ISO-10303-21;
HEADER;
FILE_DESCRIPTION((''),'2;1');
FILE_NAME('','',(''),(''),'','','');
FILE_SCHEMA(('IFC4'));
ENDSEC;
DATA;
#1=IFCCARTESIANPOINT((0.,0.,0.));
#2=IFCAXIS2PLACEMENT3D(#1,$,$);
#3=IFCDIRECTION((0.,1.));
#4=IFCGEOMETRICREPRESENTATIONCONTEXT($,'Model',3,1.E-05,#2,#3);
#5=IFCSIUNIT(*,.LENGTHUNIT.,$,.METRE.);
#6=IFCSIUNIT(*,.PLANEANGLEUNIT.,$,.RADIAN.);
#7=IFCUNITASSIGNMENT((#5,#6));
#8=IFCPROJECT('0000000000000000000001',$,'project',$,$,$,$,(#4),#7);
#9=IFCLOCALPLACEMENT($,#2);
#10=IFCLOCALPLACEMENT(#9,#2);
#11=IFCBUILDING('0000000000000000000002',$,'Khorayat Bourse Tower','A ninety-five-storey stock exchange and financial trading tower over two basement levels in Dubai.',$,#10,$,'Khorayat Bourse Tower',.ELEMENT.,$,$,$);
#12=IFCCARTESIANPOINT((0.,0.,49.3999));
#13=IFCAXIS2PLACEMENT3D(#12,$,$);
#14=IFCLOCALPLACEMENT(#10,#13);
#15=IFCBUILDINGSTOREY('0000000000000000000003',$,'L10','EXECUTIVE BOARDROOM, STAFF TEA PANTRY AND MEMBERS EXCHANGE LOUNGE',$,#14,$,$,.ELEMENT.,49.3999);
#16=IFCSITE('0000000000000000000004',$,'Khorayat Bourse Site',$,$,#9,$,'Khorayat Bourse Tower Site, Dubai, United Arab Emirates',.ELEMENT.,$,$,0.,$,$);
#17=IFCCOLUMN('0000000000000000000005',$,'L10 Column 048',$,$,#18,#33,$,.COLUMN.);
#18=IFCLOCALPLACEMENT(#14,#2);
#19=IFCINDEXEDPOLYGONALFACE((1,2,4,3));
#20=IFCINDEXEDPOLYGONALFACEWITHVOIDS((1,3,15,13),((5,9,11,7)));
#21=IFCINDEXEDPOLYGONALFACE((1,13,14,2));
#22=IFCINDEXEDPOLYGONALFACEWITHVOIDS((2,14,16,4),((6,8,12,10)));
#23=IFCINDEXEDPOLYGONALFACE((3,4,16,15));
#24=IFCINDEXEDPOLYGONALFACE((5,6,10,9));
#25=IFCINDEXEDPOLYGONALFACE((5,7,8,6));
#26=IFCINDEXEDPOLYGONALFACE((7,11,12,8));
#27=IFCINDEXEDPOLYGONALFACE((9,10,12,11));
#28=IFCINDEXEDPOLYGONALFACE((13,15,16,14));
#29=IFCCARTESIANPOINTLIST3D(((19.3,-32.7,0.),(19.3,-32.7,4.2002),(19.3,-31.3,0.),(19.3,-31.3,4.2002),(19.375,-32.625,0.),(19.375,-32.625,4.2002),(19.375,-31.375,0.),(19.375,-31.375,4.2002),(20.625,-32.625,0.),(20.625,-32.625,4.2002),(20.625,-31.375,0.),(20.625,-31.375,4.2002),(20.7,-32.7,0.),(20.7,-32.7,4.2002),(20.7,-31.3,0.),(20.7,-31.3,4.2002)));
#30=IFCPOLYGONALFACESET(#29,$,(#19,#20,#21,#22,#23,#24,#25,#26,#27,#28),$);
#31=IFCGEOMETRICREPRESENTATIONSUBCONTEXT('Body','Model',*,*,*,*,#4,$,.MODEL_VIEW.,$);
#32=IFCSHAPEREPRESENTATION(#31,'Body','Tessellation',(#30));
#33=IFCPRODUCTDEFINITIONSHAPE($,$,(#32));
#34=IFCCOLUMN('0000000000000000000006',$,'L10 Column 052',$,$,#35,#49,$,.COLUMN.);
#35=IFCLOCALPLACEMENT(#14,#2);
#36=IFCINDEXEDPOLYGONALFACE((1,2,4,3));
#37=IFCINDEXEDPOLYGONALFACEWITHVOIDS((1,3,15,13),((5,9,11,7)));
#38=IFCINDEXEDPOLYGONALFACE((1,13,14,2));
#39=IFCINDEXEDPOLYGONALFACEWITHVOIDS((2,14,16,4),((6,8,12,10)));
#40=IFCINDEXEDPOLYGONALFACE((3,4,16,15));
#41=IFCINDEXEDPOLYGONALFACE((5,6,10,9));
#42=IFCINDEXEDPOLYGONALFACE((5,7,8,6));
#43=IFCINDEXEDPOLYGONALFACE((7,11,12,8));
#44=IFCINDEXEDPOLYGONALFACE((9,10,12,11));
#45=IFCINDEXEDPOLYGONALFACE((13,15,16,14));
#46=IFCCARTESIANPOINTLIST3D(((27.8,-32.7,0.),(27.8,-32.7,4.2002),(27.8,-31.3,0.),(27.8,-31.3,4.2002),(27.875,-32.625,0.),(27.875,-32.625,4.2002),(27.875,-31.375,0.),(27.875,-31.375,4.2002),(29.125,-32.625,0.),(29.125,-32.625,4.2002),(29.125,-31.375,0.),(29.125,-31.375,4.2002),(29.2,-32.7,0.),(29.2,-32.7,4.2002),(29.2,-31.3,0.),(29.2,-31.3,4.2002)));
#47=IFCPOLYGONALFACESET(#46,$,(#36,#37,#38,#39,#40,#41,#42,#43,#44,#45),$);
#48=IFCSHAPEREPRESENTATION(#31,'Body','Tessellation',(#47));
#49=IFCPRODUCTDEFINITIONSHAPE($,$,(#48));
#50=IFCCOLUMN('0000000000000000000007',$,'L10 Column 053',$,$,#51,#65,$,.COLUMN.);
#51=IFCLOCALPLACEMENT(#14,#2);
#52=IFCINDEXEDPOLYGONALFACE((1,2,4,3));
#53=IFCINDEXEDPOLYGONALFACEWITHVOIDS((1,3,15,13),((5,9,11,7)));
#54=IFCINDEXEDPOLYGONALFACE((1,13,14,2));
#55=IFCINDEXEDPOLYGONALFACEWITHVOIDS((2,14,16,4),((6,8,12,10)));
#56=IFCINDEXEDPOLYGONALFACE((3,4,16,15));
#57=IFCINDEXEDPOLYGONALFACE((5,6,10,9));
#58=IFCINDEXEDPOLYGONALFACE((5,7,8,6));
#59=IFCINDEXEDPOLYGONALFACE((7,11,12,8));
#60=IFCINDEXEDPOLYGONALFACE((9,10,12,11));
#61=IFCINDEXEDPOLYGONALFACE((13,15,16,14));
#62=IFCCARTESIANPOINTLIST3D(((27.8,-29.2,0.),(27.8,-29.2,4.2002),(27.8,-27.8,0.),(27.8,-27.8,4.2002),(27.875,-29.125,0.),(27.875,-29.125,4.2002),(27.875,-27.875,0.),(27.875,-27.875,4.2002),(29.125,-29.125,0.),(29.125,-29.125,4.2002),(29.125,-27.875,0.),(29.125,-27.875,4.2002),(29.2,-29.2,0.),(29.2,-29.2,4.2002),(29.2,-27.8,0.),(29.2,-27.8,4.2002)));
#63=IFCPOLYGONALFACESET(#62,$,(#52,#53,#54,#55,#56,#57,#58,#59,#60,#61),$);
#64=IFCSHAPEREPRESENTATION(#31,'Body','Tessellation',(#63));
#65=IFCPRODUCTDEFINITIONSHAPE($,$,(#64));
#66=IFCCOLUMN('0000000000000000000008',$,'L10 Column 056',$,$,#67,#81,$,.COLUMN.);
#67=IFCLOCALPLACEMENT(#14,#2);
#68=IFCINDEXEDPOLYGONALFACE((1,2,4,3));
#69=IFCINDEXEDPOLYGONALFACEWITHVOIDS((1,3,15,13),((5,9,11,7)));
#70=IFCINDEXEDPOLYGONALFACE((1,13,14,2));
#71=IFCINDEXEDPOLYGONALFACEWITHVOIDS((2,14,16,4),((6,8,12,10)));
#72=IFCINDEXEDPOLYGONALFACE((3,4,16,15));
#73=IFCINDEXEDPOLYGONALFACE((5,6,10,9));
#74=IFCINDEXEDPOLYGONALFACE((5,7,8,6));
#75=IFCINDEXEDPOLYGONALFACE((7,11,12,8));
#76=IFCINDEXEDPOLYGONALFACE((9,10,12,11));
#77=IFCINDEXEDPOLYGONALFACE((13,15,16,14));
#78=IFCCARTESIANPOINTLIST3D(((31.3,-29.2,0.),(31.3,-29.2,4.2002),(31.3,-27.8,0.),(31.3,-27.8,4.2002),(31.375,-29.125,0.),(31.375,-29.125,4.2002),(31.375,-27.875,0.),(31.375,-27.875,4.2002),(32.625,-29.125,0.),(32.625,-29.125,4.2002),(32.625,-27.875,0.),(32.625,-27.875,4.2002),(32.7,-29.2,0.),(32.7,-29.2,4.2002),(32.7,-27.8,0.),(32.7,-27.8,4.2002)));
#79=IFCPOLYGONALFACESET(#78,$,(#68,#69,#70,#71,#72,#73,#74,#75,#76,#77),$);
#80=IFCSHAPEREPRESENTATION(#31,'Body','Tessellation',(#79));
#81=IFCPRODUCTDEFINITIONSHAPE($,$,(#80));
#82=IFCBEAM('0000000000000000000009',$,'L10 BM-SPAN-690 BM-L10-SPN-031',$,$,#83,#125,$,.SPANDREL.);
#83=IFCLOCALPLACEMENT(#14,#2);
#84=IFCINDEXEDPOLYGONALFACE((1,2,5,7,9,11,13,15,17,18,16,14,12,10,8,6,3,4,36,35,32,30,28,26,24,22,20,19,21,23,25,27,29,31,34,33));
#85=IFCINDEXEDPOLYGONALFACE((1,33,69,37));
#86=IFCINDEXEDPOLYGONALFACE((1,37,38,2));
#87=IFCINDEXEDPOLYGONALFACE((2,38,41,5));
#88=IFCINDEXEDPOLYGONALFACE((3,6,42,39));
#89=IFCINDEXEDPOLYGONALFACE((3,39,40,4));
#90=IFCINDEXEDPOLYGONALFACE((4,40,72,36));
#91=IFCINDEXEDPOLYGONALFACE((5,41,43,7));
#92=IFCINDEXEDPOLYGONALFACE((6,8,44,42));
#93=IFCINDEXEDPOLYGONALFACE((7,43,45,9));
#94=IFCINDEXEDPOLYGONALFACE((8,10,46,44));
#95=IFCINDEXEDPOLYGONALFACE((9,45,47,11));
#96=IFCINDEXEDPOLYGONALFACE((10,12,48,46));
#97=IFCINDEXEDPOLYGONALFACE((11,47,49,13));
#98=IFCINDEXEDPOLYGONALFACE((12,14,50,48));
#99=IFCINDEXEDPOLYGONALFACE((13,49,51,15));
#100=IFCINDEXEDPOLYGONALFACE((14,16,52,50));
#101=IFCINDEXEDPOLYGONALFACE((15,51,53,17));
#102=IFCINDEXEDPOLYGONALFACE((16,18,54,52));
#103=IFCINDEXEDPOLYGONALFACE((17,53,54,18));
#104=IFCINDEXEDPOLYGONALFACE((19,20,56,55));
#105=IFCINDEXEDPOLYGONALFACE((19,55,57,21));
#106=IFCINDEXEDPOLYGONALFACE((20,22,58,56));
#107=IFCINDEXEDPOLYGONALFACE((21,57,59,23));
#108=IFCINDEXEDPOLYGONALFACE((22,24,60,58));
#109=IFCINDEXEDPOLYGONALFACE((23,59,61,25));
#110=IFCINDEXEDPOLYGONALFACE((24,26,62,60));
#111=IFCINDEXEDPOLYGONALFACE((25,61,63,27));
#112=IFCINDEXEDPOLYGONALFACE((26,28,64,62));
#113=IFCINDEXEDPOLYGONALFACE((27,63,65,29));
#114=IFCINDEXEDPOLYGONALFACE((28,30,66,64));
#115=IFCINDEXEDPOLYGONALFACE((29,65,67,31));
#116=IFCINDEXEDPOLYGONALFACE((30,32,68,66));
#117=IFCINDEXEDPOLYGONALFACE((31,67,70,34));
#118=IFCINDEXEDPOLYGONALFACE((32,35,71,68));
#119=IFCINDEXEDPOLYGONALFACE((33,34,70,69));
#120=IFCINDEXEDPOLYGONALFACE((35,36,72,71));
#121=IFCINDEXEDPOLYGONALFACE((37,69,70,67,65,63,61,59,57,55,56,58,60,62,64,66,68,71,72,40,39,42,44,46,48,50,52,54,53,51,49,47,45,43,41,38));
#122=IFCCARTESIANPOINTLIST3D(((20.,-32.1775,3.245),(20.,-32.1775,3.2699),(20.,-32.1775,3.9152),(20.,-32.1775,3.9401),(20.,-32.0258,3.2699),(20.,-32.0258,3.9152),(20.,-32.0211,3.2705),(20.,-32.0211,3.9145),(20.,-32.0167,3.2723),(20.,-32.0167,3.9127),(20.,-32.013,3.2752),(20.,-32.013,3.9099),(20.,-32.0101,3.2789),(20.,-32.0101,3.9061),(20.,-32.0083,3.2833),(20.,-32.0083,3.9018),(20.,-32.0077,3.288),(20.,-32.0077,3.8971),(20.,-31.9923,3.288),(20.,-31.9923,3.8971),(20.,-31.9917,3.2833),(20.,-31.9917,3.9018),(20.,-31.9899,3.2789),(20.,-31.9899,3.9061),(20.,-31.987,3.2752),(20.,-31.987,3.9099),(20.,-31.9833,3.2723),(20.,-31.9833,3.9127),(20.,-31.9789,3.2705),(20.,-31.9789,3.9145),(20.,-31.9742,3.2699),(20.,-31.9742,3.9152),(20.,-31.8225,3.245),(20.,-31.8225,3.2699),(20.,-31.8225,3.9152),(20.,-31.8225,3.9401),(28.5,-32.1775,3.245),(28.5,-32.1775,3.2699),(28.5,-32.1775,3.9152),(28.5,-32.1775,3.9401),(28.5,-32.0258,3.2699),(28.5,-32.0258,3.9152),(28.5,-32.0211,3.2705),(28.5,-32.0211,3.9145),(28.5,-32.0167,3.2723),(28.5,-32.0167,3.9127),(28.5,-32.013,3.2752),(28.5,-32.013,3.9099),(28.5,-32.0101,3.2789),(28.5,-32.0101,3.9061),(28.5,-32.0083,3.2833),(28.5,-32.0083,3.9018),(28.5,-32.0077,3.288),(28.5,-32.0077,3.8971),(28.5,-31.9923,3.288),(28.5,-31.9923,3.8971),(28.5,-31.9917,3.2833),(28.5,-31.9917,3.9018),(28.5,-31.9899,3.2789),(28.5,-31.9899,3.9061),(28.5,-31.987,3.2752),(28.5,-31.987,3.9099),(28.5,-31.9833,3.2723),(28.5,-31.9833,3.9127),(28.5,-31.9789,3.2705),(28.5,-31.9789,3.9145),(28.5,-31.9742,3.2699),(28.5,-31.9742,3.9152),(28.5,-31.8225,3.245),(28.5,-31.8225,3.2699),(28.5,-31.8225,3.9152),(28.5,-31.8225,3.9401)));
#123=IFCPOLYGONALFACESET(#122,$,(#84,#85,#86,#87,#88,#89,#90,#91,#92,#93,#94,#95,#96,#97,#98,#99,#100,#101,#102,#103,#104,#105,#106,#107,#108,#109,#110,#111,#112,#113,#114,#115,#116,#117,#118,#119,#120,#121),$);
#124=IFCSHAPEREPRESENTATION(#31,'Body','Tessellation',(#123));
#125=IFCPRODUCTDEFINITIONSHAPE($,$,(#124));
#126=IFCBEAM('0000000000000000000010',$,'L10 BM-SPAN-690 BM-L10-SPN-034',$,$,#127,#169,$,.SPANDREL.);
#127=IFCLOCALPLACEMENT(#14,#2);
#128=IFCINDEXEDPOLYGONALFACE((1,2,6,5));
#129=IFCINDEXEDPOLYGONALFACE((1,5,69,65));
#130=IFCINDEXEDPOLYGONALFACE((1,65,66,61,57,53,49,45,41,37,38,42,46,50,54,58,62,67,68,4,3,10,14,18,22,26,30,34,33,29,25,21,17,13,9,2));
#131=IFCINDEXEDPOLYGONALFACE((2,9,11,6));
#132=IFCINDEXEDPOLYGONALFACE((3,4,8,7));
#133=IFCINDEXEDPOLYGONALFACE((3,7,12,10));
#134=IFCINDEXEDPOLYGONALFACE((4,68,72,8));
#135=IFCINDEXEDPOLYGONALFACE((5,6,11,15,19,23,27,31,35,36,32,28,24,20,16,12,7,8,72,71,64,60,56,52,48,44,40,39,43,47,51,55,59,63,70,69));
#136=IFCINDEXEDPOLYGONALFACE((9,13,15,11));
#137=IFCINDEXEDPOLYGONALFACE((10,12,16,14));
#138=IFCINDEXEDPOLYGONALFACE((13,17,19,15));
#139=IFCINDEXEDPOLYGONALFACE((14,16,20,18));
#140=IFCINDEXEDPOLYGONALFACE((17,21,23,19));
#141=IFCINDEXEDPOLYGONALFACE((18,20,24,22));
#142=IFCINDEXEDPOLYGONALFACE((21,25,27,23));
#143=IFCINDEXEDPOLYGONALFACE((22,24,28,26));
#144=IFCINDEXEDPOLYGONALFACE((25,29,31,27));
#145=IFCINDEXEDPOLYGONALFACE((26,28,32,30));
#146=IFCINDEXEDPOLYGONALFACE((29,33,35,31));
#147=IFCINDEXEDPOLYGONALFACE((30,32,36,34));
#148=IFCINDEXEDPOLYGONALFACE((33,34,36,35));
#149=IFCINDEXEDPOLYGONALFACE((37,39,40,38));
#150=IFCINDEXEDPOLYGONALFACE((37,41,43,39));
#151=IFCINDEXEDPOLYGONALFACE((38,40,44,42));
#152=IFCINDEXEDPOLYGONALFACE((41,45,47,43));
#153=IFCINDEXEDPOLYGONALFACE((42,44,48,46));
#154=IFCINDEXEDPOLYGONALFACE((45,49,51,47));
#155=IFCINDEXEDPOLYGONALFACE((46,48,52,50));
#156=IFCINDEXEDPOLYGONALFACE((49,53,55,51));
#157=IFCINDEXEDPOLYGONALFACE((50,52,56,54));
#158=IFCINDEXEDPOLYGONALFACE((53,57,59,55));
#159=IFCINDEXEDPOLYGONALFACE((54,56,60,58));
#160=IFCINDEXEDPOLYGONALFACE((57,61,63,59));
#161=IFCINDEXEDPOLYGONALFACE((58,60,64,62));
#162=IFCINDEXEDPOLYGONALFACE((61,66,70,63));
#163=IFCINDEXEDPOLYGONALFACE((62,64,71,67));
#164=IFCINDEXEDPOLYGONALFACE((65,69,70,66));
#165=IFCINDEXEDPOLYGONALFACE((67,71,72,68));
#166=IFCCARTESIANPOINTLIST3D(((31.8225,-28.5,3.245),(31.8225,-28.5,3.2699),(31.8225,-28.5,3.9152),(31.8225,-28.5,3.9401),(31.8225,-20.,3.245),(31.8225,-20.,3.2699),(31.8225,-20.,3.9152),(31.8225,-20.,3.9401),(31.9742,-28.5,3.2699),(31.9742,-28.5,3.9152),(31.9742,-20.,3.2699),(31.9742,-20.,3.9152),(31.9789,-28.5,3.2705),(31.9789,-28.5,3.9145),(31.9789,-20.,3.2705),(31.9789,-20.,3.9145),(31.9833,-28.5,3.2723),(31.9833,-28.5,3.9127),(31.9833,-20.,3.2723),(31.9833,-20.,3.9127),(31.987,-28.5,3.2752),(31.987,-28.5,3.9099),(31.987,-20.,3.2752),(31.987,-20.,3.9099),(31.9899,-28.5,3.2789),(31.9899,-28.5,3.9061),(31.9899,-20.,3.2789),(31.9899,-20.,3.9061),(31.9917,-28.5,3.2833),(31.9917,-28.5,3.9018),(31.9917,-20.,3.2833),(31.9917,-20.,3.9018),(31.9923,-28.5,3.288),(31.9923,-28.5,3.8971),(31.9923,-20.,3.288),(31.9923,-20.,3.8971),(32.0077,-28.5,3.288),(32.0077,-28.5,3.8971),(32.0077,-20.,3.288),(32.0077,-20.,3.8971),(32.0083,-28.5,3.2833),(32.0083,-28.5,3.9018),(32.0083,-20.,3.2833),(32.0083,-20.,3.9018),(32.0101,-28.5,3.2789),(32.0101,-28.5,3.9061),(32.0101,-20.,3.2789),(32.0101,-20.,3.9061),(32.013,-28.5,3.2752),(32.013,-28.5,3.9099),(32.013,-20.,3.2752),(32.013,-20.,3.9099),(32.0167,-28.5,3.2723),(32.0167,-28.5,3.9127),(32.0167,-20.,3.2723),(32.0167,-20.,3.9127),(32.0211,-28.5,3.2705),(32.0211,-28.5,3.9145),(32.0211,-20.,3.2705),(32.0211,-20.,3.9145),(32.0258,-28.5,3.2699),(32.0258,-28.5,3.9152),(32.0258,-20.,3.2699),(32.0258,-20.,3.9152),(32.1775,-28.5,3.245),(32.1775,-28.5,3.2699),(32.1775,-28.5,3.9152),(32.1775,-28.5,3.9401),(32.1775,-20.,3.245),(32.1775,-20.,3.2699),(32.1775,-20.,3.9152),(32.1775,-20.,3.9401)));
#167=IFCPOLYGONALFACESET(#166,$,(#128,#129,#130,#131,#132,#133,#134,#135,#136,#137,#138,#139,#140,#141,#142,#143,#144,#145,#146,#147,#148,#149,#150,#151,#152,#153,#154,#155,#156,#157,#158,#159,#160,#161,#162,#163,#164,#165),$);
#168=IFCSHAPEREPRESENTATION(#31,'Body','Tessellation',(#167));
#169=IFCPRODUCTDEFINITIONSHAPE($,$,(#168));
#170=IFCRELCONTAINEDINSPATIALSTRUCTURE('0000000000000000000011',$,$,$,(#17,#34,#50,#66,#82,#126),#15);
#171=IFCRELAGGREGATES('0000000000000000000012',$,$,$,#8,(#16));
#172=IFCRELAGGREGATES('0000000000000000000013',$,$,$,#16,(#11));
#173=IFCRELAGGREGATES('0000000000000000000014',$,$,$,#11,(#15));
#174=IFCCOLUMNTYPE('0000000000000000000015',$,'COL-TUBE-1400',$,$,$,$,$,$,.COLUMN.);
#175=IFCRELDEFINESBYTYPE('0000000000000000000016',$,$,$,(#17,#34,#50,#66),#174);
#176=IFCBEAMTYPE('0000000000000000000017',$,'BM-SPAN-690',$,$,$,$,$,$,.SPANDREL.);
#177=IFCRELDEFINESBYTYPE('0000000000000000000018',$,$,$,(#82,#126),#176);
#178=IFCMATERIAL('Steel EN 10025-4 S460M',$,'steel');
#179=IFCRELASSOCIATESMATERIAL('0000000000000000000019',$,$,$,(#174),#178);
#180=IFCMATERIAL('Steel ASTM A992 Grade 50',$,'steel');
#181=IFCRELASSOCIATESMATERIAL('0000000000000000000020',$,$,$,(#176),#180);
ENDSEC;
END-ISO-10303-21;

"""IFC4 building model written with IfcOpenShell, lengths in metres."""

from ifc_helpers import new_model, si_unit, direction, frame, origin, origin_2d, place, context, subcontext, project, spatial, hollow_rectangle, i_section, extrude, source, transform, mapped, material, material_profile, profile_set, type_object, element, save


model = new_model("IFC4")

# Units and contexts
model_context = context("Model", 3, precision=1e-05, world=origin(), true_north=direction((0.0, 1.0)))
body_context = subcontext(model_context, "Body", "Model", "MODEL_VIEW")
ifc_project = project(units=[si_unit("LENGTHUNIT", "METRE"), si_unit("PLANEANGLEUNIT", "RADIAN")], contexts=[model_context])

# Site, building, storey
site_placement = place(None, origin())
site = spatial("IfcSite", under=ifc_project, at=site_placement, Name="Khorayat Bourse Site", LongName="Khorayat Bourse Tower Site, Dubai, United Arab Emirates", CompositionType="ELEMENT", RefElevation=0.0)
building_placement = place(site_placement, origin())
building = spatial("IfcBuilding", under=site, at=building_placement, Name="Khorayat Bourse Tower", Description="A ninety-five-storey stock exchange and financial trading tower over two basement levels in Dubai.", LongName="Khorayat Bourse Tower", CompositionType="ELEMENT")
storey_placement = place(building_placement, frame((0.0, 0.0, 49.3999)))
storey = spatial("IfcBuildingStorey", under=building, at=storey_placement, Name="L10", Description="EXECUTIVE BOARDROOM, STAFF TEA PANTRY AND MEMBERS EXCHANGE LOUNGE", CompositionType="ELEMENT", Elevation=49.3999)

# Columns
ifc_material_1 = material(Name="Steel EN 10025-4 S460M", Category="steel")
ifc_material_profile_1 = material_profile(ifc_material_1, hollow_rectangle(XDim=1.3999, YDim=1.3999, WallThickness=0.075, at=origin_2d()), Name="BOX 1400x1400x75")
ifc_profile_set_1 = profile_set([ifc_material_profile_1], Name="Steel EN 10025-4 S460M")
column_type = type_object("IfcColumnType", Name="COL-TUBE-1400", PredefinedType="COLUMN", material=ifc_profile_set_1)
shared_shape_1 = source(origin(), body_context, "Body", "SweptSolid", [
    extrude(hollow_rectangle(XDim=1.3999, YDim=1.3999, WallThickness=0.075, at=origin_2d()), origin(), (0.0, 0.0, 1.0), 4.2002),
])
for number, where, z_axis, x_axis, name in (
    (1, (20.0, -32.0, 0.0), (0.0, 0.0, 1.0), (1.0, 0.0, 0.0), "L10 Column 048"),
    (2, (28.5, -32.0, 0.0), (0.0, 0.0, 1.0), (1.0, 0.0, 0.0), "L10 Column 052"),
    (3, (28.5, -28.5, 0.0), (0.0, 0.0, 1.0), (1.0, 0.0, 0.0), "L10 Column 053"),
    (4, (32.0, -28.5, 0.0), (0.0, 0.0, 1.0), (1.0, 0.0, 0.0), "L10 Column 056"),
):
    element("IfcColumn", number, at=place(storey_placement, frame(where, z_axis=z_axis, x_axis=x_axis)), inside=storey, type_object=column_type, Name=name, PredefinedType="COLUMN", context=body_context, shape_type="MappedRepresentation", body=[
        mapped(shared_shape_1, transform((0.0, 0.0, 0.0), scale=1.0)),
    ])

# Beams
ifc_material_2 = material(Name="Steel ASTM A992 Grade 50", Category="steel")
ifc_material_profile_2 = material_profile(ifc_material_2, i_section(OverallWidth=0.355, OverallDepth=0.6951, WebThickness=0.0154, FlangeThickness=0.0249, FilletRadius=0.0181, at=origin_2d()), Name="W690X217")
ifc_profile_set_2 = profile_set([ifc_material_profile_2], Name="Steel ASTM A992 Grade 50")
beam_type_1 = type_object("IfcBeamType", Name="BM-SPAN-690", PredefinedType="SPANDREL", material=ifc_profile_set_2)
shared_shape_2 = source(origin(), body_context, "Body", "SweptSolid", [
    extrude(i_section(OverallWidth=0.355, OverallDepth=0.6951, WebThickness=0.0154, FlangeThickness=0.0249, FilletRadius=0.0181, at=origin_2d()), origin(), (0.0, 0.0, 1.0), 8.5),
])
for number, where, z_axis, x_axis, name in (
    (5, (20.0, -32.0, 3.5925), (1.0, 0.0, 0.0), (0.0, 1.0, 0.0), "L10 BM-SPAN-690 BM-L10-SPN-031"),
    (6, (32.0, -28.5, 3.5925), (0.0, 1.0, 0.0), (-1.0, 0.0, 0.0), "L10 BM-SPAN-690 BM-L10-SPN-034"),
):
    element("IfcBeam", number, at=place(storey_placement, frame(where, z_axis=z_axis, x_axis=x_axis)), inside=storey, type_object=beam_type_1, Name=name, PredefinedType="SPANDREL", context=body_context, shape_type="MappedRepresentation", body=[
        mapped(shared_shape_2, transform((0.0, 0.0, 0.0), scale=1.0)),
    ])

save(model, "model.ifc")
